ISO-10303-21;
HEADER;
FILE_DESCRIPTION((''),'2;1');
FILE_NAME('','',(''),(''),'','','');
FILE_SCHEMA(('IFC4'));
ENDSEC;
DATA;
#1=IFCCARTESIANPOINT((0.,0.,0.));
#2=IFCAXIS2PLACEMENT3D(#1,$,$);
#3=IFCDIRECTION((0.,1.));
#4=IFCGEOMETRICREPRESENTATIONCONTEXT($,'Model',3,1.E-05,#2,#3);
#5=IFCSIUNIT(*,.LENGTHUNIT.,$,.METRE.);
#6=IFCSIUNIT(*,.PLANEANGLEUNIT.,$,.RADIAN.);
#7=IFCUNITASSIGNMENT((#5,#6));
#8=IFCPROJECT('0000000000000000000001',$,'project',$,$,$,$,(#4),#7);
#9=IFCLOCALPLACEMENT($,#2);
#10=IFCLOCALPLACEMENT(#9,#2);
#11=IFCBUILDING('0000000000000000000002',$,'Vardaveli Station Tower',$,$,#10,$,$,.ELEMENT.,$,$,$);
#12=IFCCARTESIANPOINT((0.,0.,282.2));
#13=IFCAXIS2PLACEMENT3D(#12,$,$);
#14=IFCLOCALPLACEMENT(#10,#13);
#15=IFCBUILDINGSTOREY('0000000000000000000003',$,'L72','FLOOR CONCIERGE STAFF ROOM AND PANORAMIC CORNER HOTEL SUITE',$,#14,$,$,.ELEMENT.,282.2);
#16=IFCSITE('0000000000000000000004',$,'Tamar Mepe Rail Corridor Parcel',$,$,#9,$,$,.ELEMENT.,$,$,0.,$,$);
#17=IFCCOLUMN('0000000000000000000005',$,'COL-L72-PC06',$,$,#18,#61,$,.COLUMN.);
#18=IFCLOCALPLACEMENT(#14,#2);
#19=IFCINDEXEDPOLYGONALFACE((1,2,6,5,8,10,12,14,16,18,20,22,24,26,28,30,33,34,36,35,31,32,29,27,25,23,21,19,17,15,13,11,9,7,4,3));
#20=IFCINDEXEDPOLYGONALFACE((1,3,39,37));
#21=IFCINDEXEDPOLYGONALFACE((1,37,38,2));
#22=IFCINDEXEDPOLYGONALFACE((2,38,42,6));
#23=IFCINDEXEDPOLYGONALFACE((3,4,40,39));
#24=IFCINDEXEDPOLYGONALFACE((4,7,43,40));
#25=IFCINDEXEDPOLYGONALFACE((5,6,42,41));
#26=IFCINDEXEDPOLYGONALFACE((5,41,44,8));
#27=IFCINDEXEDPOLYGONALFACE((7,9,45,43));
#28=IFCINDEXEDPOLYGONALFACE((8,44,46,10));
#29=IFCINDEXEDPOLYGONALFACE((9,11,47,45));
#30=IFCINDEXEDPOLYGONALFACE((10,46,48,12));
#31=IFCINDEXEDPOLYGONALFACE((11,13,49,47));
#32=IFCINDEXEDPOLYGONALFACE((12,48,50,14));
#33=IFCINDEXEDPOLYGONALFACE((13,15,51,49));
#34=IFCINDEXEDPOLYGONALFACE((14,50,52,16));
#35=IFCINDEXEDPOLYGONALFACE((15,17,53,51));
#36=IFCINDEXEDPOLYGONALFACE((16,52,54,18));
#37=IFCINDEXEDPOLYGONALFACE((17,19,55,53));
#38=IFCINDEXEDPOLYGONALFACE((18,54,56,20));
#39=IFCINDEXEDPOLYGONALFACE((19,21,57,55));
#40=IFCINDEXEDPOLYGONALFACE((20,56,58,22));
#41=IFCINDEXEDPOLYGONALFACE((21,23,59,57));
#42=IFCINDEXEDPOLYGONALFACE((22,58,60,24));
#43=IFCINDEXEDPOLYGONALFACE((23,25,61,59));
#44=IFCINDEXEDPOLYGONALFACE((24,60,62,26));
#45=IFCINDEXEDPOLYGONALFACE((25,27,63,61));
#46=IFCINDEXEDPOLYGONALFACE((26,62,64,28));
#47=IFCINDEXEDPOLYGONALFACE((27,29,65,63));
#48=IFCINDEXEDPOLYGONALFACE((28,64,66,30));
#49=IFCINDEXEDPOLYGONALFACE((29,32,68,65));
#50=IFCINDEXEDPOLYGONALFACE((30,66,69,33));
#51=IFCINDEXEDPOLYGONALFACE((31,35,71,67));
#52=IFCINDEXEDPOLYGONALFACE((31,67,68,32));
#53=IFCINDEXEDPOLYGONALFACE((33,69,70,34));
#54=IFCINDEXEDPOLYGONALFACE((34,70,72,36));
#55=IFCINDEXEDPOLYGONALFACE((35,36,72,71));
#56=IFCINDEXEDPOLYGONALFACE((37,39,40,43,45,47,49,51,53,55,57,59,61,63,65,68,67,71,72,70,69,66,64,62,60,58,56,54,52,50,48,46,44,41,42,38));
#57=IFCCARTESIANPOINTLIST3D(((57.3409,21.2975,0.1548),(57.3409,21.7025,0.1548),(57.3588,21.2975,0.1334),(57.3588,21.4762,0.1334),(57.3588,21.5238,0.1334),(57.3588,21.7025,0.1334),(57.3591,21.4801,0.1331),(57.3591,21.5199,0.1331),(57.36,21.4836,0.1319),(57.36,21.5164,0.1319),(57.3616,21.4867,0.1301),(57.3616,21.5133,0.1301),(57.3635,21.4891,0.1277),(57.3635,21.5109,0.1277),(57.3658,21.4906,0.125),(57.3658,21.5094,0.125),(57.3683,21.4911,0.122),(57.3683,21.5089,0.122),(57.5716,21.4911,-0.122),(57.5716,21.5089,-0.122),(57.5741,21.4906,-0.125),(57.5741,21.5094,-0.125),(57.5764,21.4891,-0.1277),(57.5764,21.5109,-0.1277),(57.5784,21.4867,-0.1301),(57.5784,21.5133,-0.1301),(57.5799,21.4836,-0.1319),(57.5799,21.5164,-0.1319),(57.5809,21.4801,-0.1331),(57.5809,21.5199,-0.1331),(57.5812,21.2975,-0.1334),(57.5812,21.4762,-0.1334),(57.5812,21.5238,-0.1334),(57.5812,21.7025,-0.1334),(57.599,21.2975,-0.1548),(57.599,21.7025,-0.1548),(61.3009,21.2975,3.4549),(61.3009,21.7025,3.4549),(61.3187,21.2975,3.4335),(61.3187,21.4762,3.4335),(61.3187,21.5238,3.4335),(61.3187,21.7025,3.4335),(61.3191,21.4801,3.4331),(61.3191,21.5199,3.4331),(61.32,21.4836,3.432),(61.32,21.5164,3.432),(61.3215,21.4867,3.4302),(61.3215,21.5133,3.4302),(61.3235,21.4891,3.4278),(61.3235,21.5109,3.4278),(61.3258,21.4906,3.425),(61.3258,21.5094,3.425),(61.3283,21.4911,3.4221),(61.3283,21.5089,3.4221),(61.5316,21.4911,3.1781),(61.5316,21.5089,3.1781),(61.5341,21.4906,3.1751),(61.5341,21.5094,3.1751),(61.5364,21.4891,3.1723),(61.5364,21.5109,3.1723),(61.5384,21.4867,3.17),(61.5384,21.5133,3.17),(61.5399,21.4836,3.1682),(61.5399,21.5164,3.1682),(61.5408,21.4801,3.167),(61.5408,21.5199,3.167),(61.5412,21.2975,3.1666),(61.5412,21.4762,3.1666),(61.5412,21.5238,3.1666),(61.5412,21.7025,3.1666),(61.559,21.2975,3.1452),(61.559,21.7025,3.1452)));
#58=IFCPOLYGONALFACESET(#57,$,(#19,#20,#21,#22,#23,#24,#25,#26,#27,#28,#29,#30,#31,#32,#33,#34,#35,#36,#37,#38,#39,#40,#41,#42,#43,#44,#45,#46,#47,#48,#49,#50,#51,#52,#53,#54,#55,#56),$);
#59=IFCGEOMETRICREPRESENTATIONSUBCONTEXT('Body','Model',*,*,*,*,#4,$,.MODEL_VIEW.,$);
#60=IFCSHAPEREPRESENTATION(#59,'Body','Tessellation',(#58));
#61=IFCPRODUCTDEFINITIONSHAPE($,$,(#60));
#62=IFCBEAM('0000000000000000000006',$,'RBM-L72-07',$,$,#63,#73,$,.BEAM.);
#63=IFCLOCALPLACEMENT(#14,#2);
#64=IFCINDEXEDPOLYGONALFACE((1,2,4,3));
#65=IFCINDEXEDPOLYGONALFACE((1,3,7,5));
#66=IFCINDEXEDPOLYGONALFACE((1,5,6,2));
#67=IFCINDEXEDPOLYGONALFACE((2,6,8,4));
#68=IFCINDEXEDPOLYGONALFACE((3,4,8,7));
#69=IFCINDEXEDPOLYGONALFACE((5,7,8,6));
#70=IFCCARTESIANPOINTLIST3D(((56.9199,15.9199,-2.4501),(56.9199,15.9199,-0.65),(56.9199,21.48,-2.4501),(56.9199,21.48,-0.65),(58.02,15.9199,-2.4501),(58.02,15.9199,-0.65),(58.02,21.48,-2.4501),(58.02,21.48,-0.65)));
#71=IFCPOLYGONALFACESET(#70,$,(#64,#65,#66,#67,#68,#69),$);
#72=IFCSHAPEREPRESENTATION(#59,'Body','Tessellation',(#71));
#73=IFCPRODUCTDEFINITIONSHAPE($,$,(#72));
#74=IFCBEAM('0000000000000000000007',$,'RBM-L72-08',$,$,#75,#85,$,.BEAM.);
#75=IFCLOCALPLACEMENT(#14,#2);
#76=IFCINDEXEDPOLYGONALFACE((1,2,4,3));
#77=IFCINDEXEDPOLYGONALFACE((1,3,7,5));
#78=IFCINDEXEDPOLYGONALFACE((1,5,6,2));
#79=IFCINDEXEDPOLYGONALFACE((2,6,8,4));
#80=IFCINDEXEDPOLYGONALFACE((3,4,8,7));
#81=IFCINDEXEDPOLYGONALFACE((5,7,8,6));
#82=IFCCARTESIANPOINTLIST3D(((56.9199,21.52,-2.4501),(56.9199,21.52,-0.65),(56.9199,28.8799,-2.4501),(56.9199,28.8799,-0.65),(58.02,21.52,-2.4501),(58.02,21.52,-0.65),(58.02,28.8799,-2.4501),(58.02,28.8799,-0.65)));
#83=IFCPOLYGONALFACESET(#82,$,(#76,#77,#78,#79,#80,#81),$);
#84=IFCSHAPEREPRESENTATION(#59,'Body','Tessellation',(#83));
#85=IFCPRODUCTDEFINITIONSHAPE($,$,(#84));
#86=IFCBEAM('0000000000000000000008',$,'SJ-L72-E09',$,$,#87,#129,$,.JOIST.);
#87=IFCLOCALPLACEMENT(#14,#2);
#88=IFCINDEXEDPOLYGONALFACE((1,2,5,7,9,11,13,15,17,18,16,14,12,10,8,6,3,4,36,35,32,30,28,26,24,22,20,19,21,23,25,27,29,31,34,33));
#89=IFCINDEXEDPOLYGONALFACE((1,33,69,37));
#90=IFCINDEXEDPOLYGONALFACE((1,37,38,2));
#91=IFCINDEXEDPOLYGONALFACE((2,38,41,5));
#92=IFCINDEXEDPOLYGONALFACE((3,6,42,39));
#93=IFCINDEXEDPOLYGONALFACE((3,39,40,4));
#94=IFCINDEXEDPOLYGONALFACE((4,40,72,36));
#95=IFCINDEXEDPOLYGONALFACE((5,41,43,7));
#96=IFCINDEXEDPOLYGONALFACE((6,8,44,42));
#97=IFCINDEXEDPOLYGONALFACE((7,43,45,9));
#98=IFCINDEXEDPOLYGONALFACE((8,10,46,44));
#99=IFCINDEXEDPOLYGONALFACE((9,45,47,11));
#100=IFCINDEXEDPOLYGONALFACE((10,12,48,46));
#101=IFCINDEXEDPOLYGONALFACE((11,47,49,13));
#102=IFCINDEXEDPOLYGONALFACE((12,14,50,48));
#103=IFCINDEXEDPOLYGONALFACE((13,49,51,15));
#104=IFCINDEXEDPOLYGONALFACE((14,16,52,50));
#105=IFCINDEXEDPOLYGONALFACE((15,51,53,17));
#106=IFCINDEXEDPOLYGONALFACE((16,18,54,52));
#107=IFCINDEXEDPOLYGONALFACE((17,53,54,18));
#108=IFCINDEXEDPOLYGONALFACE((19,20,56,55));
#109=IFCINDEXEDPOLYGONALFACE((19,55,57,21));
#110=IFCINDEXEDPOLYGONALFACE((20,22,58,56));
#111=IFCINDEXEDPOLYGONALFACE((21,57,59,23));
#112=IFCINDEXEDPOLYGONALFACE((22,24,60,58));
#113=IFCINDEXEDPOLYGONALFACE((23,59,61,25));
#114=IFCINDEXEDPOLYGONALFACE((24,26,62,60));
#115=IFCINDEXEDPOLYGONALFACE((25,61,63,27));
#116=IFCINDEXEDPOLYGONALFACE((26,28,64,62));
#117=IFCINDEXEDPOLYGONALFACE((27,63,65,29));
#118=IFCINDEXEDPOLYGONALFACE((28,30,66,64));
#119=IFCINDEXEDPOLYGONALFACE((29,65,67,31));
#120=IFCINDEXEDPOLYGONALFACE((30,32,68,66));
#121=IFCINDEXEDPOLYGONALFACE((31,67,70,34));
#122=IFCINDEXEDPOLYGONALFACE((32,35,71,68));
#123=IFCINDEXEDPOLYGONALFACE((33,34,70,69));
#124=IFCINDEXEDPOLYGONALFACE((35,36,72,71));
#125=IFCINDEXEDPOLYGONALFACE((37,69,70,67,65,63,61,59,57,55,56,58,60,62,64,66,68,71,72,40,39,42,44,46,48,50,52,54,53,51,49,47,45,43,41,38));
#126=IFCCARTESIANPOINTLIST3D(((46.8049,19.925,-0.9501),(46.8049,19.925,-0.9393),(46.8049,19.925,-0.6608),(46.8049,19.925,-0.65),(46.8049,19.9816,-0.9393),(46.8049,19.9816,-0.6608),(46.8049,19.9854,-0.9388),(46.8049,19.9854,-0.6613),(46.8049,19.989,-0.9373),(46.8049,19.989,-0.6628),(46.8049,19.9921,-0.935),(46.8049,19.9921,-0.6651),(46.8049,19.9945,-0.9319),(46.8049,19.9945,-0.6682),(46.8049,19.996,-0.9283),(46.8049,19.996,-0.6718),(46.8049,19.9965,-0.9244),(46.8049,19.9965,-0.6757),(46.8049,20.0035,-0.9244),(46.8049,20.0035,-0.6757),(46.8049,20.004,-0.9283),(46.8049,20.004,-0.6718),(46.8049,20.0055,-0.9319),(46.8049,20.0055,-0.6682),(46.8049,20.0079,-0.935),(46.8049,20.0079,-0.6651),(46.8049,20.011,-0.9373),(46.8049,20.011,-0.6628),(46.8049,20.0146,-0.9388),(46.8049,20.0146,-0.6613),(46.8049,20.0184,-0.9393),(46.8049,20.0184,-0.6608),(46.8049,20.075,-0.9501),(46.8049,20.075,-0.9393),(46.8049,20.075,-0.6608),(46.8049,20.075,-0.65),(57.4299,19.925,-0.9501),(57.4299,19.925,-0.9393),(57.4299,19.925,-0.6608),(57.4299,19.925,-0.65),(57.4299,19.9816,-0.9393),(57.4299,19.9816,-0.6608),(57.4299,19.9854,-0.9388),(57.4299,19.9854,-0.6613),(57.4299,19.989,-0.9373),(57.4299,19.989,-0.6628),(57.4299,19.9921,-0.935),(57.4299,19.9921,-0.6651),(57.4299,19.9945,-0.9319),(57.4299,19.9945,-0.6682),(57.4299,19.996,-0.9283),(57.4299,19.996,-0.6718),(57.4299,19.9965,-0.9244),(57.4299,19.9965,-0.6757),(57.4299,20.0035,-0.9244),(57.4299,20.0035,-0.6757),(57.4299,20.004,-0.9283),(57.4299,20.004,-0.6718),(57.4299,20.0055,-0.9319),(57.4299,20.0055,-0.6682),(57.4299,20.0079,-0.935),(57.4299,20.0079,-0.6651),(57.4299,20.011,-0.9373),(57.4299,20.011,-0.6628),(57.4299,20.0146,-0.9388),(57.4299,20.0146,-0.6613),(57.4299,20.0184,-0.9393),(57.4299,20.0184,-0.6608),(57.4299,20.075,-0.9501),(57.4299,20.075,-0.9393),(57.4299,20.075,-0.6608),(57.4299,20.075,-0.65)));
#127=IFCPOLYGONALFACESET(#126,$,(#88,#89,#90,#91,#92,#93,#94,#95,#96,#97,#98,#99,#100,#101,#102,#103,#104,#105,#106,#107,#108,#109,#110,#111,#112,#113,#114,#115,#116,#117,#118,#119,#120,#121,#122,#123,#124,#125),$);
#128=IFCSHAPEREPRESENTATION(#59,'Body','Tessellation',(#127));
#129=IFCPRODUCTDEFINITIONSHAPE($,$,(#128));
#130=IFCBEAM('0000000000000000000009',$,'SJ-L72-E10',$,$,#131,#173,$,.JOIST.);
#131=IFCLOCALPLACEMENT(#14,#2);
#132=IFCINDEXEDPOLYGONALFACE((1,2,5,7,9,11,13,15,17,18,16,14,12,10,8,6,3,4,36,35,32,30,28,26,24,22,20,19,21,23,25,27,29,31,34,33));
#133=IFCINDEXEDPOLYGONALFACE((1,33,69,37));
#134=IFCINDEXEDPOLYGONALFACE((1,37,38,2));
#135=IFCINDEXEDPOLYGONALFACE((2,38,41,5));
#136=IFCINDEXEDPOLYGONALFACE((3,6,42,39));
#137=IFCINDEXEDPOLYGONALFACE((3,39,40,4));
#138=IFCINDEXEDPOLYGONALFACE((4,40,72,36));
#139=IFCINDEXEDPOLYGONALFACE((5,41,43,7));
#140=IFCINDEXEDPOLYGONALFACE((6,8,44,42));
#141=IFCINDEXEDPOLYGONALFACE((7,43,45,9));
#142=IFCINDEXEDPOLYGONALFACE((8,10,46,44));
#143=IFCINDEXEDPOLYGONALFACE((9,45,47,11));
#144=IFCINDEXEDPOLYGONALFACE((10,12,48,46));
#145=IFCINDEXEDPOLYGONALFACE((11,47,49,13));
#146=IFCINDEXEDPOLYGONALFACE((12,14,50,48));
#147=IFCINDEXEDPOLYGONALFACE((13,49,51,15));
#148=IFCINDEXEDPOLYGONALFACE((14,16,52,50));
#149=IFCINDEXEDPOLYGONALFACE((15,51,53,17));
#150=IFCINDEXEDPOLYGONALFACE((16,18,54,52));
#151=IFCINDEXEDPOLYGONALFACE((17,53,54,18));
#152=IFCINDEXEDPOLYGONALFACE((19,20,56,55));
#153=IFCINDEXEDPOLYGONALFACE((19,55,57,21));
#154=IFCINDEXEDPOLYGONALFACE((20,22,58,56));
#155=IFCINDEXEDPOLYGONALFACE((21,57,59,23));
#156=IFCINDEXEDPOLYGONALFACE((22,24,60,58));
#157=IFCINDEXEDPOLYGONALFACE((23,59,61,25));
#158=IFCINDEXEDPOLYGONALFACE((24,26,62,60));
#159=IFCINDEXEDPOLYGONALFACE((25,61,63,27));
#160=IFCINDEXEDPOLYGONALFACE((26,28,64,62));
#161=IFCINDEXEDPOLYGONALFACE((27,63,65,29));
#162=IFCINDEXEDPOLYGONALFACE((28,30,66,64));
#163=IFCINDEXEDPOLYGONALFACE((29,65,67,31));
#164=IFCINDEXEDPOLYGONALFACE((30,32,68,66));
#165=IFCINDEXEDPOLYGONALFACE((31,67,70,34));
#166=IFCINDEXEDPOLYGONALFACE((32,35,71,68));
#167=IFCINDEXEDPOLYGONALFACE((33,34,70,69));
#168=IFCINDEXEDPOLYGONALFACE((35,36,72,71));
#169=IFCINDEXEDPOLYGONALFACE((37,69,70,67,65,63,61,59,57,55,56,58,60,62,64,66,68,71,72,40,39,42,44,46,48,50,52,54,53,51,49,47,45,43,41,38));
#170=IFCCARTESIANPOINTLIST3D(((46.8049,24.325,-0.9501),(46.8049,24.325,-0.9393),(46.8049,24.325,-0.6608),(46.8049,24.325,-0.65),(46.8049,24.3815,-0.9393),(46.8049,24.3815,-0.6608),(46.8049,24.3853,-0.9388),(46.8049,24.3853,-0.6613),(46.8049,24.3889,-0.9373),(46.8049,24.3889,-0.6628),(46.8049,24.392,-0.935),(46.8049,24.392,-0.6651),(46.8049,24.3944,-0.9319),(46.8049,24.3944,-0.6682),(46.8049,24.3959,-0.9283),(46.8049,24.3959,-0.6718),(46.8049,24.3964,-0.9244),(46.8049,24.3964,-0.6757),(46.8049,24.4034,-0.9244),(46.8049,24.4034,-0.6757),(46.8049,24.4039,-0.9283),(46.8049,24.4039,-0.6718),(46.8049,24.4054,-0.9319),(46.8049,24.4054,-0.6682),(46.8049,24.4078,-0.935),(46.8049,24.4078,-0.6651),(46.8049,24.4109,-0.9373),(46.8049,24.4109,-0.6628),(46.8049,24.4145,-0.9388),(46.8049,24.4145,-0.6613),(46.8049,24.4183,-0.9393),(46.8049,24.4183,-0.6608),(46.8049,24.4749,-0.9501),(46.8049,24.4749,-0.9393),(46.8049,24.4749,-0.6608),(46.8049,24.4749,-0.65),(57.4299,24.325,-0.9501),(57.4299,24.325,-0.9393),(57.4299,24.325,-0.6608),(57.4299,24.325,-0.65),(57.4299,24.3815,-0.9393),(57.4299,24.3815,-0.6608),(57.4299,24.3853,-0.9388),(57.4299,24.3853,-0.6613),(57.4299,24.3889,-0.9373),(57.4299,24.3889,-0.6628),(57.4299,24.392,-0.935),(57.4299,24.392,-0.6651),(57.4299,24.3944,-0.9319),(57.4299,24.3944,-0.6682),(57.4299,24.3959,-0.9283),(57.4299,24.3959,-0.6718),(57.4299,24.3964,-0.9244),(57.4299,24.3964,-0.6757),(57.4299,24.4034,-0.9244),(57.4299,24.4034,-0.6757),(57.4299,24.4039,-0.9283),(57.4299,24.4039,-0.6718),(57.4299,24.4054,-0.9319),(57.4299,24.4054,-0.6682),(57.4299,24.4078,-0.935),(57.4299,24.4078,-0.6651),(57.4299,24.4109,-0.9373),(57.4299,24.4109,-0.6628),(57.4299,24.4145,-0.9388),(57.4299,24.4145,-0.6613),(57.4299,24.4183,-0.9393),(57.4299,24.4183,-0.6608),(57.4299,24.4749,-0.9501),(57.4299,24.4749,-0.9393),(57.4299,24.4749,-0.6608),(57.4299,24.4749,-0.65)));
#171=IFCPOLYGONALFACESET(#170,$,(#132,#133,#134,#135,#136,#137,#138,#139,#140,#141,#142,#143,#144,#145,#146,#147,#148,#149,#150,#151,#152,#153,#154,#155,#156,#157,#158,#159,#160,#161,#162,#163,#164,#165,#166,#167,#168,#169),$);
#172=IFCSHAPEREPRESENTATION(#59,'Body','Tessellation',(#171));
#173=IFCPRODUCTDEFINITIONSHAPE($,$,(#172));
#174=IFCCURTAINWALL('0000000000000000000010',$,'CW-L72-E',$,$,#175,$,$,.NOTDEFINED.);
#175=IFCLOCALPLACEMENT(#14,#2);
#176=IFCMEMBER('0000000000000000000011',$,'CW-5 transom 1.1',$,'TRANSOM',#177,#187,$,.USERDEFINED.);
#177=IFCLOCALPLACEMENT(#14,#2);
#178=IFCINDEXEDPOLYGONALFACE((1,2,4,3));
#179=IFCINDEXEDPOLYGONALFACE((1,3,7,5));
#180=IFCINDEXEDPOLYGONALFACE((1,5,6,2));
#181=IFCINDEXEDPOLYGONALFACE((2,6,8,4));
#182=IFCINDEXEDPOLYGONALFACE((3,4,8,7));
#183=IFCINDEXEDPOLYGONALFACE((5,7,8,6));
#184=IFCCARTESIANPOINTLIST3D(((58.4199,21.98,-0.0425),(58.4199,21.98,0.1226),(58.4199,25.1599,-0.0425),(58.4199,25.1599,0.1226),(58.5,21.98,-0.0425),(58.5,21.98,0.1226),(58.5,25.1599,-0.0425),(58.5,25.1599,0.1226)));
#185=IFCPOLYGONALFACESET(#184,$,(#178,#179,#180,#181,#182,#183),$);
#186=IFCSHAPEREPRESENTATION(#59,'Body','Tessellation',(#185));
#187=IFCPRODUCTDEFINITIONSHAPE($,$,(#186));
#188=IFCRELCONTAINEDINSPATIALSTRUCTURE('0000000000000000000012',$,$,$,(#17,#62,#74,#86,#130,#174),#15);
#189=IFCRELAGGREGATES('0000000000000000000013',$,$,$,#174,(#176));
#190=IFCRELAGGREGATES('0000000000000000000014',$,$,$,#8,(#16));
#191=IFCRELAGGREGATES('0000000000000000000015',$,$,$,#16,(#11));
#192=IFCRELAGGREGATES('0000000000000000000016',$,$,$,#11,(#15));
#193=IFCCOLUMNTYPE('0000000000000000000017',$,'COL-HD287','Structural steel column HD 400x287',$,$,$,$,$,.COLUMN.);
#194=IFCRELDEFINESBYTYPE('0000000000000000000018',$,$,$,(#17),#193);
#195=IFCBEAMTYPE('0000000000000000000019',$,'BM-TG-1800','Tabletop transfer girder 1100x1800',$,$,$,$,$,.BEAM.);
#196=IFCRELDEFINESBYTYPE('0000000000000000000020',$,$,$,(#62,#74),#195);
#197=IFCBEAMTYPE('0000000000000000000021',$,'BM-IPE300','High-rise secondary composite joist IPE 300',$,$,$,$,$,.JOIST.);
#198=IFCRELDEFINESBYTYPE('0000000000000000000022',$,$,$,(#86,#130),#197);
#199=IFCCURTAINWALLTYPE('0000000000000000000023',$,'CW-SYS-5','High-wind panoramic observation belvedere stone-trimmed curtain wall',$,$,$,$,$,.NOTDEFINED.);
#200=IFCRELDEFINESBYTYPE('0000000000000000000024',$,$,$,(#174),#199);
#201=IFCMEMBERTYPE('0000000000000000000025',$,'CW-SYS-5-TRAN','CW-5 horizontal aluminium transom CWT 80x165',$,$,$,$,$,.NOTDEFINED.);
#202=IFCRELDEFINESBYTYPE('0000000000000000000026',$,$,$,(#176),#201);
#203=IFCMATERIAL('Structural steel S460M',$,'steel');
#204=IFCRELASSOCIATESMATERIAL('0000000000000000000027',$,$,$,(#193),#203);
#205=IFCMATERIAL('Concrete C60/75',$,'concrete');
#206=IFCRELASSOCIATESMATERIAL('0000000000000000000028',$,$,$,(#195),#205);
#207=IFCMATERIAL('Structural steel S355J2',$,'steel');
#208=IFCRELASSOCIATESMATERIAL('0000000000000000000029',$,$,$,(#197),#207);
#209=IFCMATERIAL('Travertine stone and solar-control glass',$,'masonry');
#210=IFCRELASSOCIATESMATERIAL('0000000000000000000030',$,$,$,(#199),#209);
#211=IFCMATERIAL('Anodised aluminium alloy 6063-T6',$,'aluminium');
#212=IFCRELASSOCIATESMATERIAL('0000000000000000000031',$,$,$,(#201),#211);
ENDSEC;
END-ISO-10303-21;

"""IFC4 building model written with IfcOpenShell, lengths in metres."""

from ifc_helpers import new_model, si_unit, direction, frame, origin, origin_2d, place, context, subcontext, project, spatial, rectangle, i_section, extrude, source, transform, mapped, material, material_profile, profile_set, type_object, element, aggregate, save


model = new_model("IFC4")

# Units and contexts
model_context = context("Model", 3, precision=1e-05, world=origin(), true_north=direction((0.0, 1.0)))
body_context = subcontext(model_context, "Body", "Model", "MODEL_VIEW")
ifc_project = project(units=[si_unit("LENGTHUNIT", "METRE"), si_unit("PLANEANGLEUNIT", "RADIAN")], contexts=[model_context])

# Site, building, storey
site_placement = place(None, origin())
site = spatial("IfcSite", under=ifc_project, at=site_placement, Name="Tamar Mepe Rail Corridor Parcel", CompositionType="ELEMENT", RefElevation=0.0)
building_placement = place(site_placement, origin())
building = spatial("IfcBuilding", under=site, at=building_placement, Name="Vardaveli Station Tower", CompositionType="ELEMENT")
storey_placement = place(building_placement, frame((0.0, 0.0, 282.2)))
storey = spatial("IfcBuildingStorey", under=building, at=storey_placement, Name="L72", Description="FLOOR CONCIERGE STAFF ROOM AND PANORAMIC CORNER HOTEL SUITE", CompositionType="ELEMENT", Elevation=282.2)

# Column
ifc_material_1 = material(Name="Structural steel S460M", Category="steel")
ifc_material_profile_1 = material_profile(ifc_material_1, i_section(OverallWidth=0.405, OverallDepth=0.4031, WebThickness=0.0178, FlangeThickness=0.0278, FilletRadius=0.0149, at=origin_2d()), Name="HD 400x287")
ifc_profile_set_1 = profile_set([ifc_material_profile_1], Name="Structural steel S460M")
column_type = type_object("IfcColumnType", Name="COL-HD287", Description="Structural steel column HD 400x287", PredefinedType="COLUMN", material=ifc_profile_set_1)
shared_shape_1 = source(origin(), body_context, "Body", "SweptSolid", [
    extrude(i_section(OverallWidth=0.405, OverallDepth=0.4031, WebThickness=0.0178, FlangeThickness=0.0278, FilletRadius=0.0149, at=origin_2d()), origin(), (0.0, 0.0, 1.0), 5.1548),
])
column_placement = place(storey_placement, frame((57.47, 21.5, 0.0), z_axis=(0.768214, 0.0, 0.640194), x_axis=(0.0, 1.0, 0.0)))
element("IfcColumn", 1, at=column_placement, inside=storey, type_object=column_type, Name="COL-L72-PC06", PredefinedType="COLUMN", context=body_context, shape_type="MappedRepresentation", body=[
    mapped(shared_shape_1, transform((0.0, 0.0, 0.0), scale=1.0)),
])

# Beams
ifc_material_2 = material(Name="Concrete C60/75", Category="concrete")
ifc_material_profile_2 = material_profile(ifc_material_2, rectangle(XDim=1.1001, YDim=1.8, at=origin_2d()), Name="TG 1100x1800")
ifc_profile_set_2 = profile_set([ifc_material_profile_2], Name="Concrete C60/75")
beam_type_1 = type_object("IfcBeamType", Name="BM-TG-1800", Description="Tabletop transfer girder 1100x1800", PredefinedType="BEAM", material=ifc_profile_set_2)
shared_shape_2 = source(origin(), body_context, "Body", "SweptSolid", [
    extrude(rectangle(XDim=1.1001, YDim=1.8, at=origin_2d()), origin(), (0.0, 0.0, 1.0), 5.5601),
])
beam_1_placement = place(storey_placement, frame((57.47, 15.9199, -1.55), z_axis=(0.0, 1.0, 0.0), x_axis=(-1.0, 0.0, 0.0)))
element("IfcBeam", 2, at=beam_1_placement, inside=storey, type_object=beam_type_1, Name="RBM-L72-07", PredefinedType="BEAM", context=body_context, shape_type="MappedRepresentation", body=[
    mapped(shared_shape_2, transform((0.0, 0.0, 0.0), scale=1.0)),
])
shared_shape_3 = source(origin(), body_context, "Body", "SweptSolid", [
    extrude(rectangle(XDim=1.1001, YDim=1.8, at=origin_2d()), origin(), (0.0, 0.0, 1.0), 7.3599),
])
beam_2_placement = place(storey_placement, frame((57.47, 21.52, -1.55), z_axis=(0.0, 1.0, 0.0), x_axis=(-1.0, 0.0, 0.0)))
element("IfcBeam", 3, at=beam_2_placement, inside=storey, type_object=beam_type_1, Name="RBM-L72-08", PredefinedType="BEAM", context=body_context, shape_type="MappedRepresentation", body=[
    mapped(shared_shape_3, transform((0.0, 0.0, 0.0), scale=1.0)),
])
ifc_material_3 = material(Name="Structural steel S355J2", Category="steel")
ifc_material_profile_3 = material_profile(ifc_material_3, i_section(OverallWidth=0.1499, OverallDepth=0.3, WebThickness=0.0071, FlangeThickness=0.0107, FilletRadius=0.0149, at=origin_2d()), Name="IPE 300")
ifc_profile_set_3 = profile_set([ifc_material_profile_3], Name="Structural steel S355J2")
beam_type_2 = type_object("IfcBeamType", Name="BM-IPE300", Description="High-rise secondary composite joist IPE 300", PredefinedType="JOIST", material=ifc_profile_set_3)
shared_shape_4 = source(origin(), body_context, "Body", "SweptSolid", [
    extrude(i_section(OverallWidth=0.1499, OverallDepth=0.3, WebThickness=0.0071, FlangeThickness=0.0107, FilletRadius=0.0149, at=origin_2d()), origin(), (0.0, 0.0, 1.0), 10.625),
])
for number, where, z_axis, x_axis, name in (
    (4, (46.8049, 20.0, -0.8), (1.0, 0.0, 0.0), (0.0, 1.0, 0.0), "SJ-L72-E09"),
    (5, (46.8049, 24.3999, -0.8), (1.0, 0.0, 0.0), (0.0, 1.0, 0.0), "SJ-L72-E10"),
):
    element("IfcBeam", number, at=place(storey_placement, frame(where, z_axis=z_axis, x_axis=x_axis)), inside=storey, type_object=beam_type_2, Name=name, PredefinedType="JOIST", context=body_context, shape_type="MappedRepresentation", body=[
        mapped(shared_shape_4, transform((0.0, 0.0, 0.0), scale=1.0)),
    ])

# Curtain wall, member
ifc_material_4 = material(Name="Travertine stone and solar-control glass", Category="masonry")
curtain_wall_type = type_object("IfcCurtainWallType", Name="CW-SYS-5", Description="High-wind panoramic observation belvedere stone-trimmed curtain wall", PredefinedType="NOTDEFINED", material=ifc_material_4)
curtain_wall_placement = place(storey_placement, origin())
curtain_wall = element("IfcCurtainWall", 6, at=curtain_wall_placement, inside=storey, type_object=curtain_wall_type, Name="CW-L72-E", PredefinedType="NOTDEFINED")
ifc_material_5 = material(Name="Anodised aluminium alloy 6063-T6", Category="aluminium")
ifc_material_profile_4 = material_profile(ifc_material_5, rectangle(XDim=0.0801, YDim=0.165, at=origin_2d()), Name="CWT 80x165")
ifc_profile_set_4 = profile_set([ifc_material_profile_4], Name="Anodised aluminium alloy 6063-T6")
member_type_1 = type_object("IfcMemberType", Name="CW-SYS-5-TRAN", Description="CW-5 horizontal aluminium transom CWT 80x165", PredefinedType="NOTDEFINED", material=ifc_profile_set_4)
shared_shape_5 = source(origin(), body_context, "Body", "SweptSolid", [
    extrude(rectangle(XDim=0.0801, YDim=0.165, at=origin_2d()), origin(), (0.0, 0.0, 1.0), 3.1799),
])
member_1_placement = place(storey_placement, frame((58.46, 21.98, 0.04), z_axis=(0.0, 1.0, 0.0), x_axis=(-1.0, 0.0, 0.0)))
member_1 = element("IfcMember", 7, at=member_1_placement, type_object=member_type_1, Name="CW-5 transom 1.1", ObjectType="TRANSOM", PredefinedType="USERDEFINED", context=body_context, shape_type="MappedRepresentation", body=[
    mapped(shared_shape_5, transform((0.0, 0.0, 0.0), scale=1.0)),
])
aggregate(curtain_wall, [member_1])

save(model, "model.ifc")
